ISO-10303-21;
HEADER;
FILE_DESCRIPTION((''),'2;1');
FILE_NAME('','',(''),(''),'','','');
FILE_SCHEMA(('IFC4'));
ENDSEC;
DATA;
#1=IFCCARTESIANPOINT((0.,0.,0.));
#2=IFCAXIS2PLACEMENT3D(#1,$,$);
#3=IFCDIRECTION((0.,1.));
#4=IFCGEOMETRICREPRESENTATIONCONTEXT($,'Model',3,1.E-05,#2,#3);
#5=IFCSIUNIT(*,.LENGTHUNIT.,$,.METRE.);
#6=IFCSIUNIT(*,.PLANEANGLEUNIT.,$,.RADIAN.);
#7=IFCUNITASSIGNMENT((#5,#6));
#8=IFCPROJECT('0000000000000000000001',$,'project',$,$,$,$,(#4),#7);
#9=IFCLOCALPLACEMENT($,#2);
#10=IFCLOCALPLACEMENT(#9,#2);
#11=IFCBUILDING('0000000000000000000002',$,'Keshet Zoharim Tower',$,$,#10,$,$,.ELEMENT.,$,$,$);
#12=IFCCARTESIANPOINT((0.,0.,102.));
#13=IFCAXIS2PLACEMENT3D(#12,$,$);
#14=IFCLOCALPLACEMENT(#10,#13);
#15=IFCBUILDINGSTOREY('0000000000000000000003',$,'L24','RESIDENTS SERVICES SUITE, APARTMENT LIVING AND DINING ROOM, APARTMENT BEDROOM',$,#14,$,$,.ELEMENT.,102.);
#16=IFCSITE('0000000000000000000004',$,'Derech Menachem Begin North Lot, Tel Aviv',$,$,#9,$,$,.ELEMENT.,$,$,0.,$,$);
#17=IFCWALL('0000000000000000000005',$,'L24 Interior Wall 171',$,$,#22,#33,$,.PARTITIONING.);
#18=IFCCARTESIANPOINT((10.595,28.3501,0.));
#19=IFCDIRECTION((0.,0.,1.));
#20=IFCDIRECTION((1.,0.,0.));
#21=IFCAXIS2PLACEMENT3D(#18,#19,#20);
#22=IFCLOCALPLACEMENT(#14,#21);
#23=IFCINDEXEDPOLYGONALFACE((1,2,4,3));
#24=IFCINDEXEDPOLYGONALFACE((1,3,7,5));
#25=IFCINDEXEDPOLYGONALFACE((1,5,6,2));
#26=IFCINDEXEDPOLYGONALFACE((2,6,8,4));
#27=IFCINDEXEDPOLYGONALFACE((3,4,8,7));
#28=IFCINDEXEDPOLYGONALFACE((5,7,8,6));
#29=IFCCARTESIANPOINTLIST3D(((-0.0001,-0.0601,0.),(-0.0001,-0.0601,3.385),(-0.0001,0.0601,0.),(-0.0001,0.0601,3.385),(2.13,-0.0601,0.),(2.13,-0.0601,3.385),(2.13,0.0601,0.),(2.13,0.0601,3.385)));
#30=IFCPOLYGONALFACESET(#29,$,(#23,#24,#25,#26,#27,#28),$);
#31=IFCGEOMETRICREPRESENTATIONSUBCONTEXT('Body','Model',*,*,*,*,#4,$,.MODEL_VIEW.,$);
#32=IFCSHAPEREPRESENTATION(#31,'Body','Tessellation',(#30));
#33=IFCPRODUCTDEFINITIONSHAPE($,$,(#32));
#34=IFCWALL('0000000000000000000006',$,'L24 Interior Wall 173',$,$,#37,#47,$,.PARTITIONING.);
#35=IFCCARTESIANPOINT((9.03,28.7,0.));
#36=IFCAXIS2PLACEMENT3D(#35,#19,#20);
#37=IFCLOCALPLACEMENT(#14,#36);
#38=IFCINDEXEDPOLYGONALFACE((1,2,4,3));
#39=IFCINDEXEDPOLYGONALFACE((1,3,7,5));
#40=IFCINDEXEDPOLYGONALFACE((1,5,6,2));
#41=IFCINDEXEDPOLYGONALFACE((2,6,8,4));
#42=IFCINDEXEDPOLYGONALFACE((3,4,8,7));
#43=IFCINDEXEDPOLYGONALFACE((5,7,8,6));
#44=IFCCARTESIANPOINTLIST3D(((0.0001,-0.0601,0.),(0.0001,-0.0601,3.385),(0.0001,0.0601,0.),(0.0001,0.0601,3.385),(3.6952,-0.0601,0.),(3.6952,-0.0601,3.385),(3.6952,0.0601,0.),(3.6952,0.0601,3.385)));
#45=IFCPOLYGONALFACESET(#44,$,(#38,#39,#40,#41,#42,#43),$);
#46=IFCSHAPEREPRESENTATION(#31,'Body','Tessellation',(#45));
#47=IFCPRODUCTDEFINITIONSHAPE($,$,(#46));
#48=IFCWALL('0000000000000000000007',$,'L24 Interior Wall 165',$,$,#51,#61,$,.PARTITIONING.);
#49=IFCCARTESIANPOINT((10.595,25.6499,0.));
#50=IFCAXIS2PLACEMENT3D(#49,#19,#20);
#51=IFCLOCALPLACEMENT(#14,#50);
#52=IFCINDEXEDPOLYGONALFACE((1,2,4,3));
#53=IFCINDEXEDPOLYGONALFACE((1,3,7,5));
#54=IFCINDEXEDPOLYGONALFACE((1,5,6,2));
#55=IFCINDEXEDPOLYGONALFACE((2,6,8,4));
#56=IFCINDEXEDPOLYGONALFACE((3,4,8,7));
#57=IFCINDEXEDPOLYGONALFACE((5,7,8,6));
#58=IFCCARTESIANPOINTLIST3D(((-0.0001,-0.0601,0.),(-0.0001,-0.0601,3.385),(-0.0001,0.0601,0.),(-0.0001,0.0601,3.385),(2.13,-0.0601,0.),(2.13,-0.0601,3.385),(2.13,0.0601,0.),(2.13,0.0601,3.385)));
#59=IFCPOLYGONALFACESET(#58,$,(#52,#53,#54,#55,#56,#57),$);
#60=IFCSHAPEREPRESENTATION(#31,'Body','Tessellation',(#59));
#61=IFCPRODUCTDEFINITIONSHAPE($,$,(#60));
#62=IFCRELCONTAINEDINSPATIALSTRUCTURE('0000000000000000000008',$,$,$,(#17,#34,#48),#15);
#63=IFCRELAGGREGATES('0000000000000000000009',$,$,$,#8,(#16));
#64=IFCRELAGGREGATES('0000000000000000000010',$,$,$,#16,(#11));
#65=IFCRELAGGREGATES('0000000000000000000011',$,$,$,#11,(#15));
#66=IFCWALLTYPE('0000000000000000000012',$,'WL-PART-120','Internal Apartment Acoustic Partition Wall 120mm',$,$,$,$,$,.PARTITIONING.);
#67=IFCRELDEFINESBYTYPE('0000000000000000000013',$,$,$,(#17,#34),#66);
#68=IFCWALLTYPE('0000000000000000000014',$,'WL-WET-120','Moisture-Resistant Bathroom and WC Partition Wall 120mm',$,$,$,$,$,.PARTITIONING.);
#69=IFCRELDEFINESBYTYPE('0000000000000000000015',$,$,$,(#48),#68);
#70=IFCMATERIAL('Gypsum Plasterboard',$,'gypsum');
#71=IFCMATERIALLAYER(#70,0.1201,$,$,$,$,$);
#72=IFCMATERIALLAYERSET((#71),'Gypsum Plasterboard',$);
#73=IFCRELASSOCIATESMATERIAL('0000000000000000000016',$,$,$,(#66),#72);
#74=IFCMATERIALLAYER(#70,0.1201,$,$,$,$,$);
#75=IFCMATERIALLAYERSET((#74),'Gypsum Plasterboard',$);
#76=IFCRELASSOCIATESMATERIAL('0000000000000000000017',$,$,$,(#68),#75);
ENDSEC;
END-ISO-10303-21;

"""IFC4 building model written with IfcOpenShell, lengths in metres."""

from ifc_helpers import new_model, si_unit, direction, frame, frame_2d, origin, place, context, subcontext, project, spatial, rectangle, extrude, material, layer, layer_set, type_object, element, save


model = new_model("IFC4")

# Units and contexts
model_context = context("Model", 3, precision=1e-05, world=origin(), true_north=direction((0.0, 1.0)))
body_context = subcontext(model_context, "Body", "Model", "MODEL_VIEW")
ifc_project = project(units=[si_unit("LENGTHUNIT", "METRE"), si_unit("PLANEANGLEUNIT", "RADIAN")], contexts=[model_context])

# Site, building, storey
site_placement = place(None, origin())
site = spatial("IfcSite", under=ifc_project, at=site_placement, Name="Derech Menachem Begin North Lot, Tel Aviv", CompositionType="ELEMENT", RefElevation=0.0)
building_placement = place(site_placement, origin())
building = spatial("IfcBuilding", under=site, at=building_placement, Name="Keshet Zoharim Tower", CompositionType="ELEMENT")
storey_placement = place(building_placement, frame((0.0, 0.0, 102.0)))
storey = spatial("IfcBuildingStorey", under=building, at=storey_placement, Name="L24", Description="RESIDENTS SERVICES SUITE, APARTMENT LIVING AND DINING ROOM, APARTMENT BEDROOM", CompositionType="ELEMENT", Elevation=102.0)

# Shared definitions
ifc_material_1 = material(Name="Gypsum Plasterboard", Category="gypsum")

# Shared definitions
ifc_layer_1 = layer(ifc_material_1, 0.1201)
ifc_layer_set_1 = layer_set([ifc_layer_1], Name="Gypsum Plasterboard")
wall_type_1 = type_object("IfcWallType", Name="WL-PART-120", Description="Internal Apartment Acoustic Partition Wall 120mm", PredefinedType="PARTITIONING", material=ifc_layer_set_1)

# Walls
wall_1_placement = place(storey_placement, frame((10.595, 28.3501, 0.0), z_axis=(0.0, 0.0, 1.0), x_axis=(1.0, 0.0, 0.0)))
element("IfcWall", 1, at=wall_1_placement, inside=storey, type_object=wall_type_1, Name="L24 Interior Wall 171", PredefinedType="PARTITIONING", context=body_context, shape_type="SweptSolid", body=[
    extrude(rectangle(XDim=2.1301, YDim=0.1201, at=frame_2d((1.0649, 0.0))), origin(), (0.0, 0.0, 1.0), 3.385),
])
wall_2_placement = place(storey_placement, frame((9.03, 28.7, 0.0), z_axis=(0.0, 0.0, 1.0), x_axis=(1.0, 0.0, 0.0)))
element("IfcWall", 2, at=wall_2_placement, inside=storey, type_object=wall_type_1, Name="L24 Interior Wall 173", PredefinedType="PARTITIONING", context=body_context, shape_type="SweptSolid", body=[
    extrude(rectangle(XDim=3.6951, YDim=0.1201, at=frame_2d((1.8477, 0.0))), origin(), (0.0, 0.0, 1.0), 3.385),
])

# Wall
ifc_layer_2 = layer(ifc_material_1, 0.1201)
ifc_layer_set_2 = layer_set([ifc_layer_2], Name="Gypsum Plasterboard")
wall_type_2 = type_object("IfcWallType", Name="WL-WET-120", Description="Moisture-Resistant Bathroom and WC Partition Wall 120mm", PredefinedType="PARTITIONING", material=ifc_layer_set_2)
wall_3_placement = place(storey_placement, frame((10.595, 25.6499, 0.0), z_axis=(0.0, 0.0, 1.0), x_axis=(1.0, 0.0, 0.0)))
element("IfcWall", 3, at=wall_3_placement, inside=storey, type_object=wall_type_2, Name="L24 Interior Wall 165", PredefinedType="PARTITIONING", context=body_context, shape_type="SweptSolid", body=[
    extrude(rectangle(XDim=2.1301, YDim=0.1201, at=frame_2d((1.0649, 0.0))), origin(), (0.0, 0.0, 1.0), 3.385),
])

save(model, "model.ifc")
